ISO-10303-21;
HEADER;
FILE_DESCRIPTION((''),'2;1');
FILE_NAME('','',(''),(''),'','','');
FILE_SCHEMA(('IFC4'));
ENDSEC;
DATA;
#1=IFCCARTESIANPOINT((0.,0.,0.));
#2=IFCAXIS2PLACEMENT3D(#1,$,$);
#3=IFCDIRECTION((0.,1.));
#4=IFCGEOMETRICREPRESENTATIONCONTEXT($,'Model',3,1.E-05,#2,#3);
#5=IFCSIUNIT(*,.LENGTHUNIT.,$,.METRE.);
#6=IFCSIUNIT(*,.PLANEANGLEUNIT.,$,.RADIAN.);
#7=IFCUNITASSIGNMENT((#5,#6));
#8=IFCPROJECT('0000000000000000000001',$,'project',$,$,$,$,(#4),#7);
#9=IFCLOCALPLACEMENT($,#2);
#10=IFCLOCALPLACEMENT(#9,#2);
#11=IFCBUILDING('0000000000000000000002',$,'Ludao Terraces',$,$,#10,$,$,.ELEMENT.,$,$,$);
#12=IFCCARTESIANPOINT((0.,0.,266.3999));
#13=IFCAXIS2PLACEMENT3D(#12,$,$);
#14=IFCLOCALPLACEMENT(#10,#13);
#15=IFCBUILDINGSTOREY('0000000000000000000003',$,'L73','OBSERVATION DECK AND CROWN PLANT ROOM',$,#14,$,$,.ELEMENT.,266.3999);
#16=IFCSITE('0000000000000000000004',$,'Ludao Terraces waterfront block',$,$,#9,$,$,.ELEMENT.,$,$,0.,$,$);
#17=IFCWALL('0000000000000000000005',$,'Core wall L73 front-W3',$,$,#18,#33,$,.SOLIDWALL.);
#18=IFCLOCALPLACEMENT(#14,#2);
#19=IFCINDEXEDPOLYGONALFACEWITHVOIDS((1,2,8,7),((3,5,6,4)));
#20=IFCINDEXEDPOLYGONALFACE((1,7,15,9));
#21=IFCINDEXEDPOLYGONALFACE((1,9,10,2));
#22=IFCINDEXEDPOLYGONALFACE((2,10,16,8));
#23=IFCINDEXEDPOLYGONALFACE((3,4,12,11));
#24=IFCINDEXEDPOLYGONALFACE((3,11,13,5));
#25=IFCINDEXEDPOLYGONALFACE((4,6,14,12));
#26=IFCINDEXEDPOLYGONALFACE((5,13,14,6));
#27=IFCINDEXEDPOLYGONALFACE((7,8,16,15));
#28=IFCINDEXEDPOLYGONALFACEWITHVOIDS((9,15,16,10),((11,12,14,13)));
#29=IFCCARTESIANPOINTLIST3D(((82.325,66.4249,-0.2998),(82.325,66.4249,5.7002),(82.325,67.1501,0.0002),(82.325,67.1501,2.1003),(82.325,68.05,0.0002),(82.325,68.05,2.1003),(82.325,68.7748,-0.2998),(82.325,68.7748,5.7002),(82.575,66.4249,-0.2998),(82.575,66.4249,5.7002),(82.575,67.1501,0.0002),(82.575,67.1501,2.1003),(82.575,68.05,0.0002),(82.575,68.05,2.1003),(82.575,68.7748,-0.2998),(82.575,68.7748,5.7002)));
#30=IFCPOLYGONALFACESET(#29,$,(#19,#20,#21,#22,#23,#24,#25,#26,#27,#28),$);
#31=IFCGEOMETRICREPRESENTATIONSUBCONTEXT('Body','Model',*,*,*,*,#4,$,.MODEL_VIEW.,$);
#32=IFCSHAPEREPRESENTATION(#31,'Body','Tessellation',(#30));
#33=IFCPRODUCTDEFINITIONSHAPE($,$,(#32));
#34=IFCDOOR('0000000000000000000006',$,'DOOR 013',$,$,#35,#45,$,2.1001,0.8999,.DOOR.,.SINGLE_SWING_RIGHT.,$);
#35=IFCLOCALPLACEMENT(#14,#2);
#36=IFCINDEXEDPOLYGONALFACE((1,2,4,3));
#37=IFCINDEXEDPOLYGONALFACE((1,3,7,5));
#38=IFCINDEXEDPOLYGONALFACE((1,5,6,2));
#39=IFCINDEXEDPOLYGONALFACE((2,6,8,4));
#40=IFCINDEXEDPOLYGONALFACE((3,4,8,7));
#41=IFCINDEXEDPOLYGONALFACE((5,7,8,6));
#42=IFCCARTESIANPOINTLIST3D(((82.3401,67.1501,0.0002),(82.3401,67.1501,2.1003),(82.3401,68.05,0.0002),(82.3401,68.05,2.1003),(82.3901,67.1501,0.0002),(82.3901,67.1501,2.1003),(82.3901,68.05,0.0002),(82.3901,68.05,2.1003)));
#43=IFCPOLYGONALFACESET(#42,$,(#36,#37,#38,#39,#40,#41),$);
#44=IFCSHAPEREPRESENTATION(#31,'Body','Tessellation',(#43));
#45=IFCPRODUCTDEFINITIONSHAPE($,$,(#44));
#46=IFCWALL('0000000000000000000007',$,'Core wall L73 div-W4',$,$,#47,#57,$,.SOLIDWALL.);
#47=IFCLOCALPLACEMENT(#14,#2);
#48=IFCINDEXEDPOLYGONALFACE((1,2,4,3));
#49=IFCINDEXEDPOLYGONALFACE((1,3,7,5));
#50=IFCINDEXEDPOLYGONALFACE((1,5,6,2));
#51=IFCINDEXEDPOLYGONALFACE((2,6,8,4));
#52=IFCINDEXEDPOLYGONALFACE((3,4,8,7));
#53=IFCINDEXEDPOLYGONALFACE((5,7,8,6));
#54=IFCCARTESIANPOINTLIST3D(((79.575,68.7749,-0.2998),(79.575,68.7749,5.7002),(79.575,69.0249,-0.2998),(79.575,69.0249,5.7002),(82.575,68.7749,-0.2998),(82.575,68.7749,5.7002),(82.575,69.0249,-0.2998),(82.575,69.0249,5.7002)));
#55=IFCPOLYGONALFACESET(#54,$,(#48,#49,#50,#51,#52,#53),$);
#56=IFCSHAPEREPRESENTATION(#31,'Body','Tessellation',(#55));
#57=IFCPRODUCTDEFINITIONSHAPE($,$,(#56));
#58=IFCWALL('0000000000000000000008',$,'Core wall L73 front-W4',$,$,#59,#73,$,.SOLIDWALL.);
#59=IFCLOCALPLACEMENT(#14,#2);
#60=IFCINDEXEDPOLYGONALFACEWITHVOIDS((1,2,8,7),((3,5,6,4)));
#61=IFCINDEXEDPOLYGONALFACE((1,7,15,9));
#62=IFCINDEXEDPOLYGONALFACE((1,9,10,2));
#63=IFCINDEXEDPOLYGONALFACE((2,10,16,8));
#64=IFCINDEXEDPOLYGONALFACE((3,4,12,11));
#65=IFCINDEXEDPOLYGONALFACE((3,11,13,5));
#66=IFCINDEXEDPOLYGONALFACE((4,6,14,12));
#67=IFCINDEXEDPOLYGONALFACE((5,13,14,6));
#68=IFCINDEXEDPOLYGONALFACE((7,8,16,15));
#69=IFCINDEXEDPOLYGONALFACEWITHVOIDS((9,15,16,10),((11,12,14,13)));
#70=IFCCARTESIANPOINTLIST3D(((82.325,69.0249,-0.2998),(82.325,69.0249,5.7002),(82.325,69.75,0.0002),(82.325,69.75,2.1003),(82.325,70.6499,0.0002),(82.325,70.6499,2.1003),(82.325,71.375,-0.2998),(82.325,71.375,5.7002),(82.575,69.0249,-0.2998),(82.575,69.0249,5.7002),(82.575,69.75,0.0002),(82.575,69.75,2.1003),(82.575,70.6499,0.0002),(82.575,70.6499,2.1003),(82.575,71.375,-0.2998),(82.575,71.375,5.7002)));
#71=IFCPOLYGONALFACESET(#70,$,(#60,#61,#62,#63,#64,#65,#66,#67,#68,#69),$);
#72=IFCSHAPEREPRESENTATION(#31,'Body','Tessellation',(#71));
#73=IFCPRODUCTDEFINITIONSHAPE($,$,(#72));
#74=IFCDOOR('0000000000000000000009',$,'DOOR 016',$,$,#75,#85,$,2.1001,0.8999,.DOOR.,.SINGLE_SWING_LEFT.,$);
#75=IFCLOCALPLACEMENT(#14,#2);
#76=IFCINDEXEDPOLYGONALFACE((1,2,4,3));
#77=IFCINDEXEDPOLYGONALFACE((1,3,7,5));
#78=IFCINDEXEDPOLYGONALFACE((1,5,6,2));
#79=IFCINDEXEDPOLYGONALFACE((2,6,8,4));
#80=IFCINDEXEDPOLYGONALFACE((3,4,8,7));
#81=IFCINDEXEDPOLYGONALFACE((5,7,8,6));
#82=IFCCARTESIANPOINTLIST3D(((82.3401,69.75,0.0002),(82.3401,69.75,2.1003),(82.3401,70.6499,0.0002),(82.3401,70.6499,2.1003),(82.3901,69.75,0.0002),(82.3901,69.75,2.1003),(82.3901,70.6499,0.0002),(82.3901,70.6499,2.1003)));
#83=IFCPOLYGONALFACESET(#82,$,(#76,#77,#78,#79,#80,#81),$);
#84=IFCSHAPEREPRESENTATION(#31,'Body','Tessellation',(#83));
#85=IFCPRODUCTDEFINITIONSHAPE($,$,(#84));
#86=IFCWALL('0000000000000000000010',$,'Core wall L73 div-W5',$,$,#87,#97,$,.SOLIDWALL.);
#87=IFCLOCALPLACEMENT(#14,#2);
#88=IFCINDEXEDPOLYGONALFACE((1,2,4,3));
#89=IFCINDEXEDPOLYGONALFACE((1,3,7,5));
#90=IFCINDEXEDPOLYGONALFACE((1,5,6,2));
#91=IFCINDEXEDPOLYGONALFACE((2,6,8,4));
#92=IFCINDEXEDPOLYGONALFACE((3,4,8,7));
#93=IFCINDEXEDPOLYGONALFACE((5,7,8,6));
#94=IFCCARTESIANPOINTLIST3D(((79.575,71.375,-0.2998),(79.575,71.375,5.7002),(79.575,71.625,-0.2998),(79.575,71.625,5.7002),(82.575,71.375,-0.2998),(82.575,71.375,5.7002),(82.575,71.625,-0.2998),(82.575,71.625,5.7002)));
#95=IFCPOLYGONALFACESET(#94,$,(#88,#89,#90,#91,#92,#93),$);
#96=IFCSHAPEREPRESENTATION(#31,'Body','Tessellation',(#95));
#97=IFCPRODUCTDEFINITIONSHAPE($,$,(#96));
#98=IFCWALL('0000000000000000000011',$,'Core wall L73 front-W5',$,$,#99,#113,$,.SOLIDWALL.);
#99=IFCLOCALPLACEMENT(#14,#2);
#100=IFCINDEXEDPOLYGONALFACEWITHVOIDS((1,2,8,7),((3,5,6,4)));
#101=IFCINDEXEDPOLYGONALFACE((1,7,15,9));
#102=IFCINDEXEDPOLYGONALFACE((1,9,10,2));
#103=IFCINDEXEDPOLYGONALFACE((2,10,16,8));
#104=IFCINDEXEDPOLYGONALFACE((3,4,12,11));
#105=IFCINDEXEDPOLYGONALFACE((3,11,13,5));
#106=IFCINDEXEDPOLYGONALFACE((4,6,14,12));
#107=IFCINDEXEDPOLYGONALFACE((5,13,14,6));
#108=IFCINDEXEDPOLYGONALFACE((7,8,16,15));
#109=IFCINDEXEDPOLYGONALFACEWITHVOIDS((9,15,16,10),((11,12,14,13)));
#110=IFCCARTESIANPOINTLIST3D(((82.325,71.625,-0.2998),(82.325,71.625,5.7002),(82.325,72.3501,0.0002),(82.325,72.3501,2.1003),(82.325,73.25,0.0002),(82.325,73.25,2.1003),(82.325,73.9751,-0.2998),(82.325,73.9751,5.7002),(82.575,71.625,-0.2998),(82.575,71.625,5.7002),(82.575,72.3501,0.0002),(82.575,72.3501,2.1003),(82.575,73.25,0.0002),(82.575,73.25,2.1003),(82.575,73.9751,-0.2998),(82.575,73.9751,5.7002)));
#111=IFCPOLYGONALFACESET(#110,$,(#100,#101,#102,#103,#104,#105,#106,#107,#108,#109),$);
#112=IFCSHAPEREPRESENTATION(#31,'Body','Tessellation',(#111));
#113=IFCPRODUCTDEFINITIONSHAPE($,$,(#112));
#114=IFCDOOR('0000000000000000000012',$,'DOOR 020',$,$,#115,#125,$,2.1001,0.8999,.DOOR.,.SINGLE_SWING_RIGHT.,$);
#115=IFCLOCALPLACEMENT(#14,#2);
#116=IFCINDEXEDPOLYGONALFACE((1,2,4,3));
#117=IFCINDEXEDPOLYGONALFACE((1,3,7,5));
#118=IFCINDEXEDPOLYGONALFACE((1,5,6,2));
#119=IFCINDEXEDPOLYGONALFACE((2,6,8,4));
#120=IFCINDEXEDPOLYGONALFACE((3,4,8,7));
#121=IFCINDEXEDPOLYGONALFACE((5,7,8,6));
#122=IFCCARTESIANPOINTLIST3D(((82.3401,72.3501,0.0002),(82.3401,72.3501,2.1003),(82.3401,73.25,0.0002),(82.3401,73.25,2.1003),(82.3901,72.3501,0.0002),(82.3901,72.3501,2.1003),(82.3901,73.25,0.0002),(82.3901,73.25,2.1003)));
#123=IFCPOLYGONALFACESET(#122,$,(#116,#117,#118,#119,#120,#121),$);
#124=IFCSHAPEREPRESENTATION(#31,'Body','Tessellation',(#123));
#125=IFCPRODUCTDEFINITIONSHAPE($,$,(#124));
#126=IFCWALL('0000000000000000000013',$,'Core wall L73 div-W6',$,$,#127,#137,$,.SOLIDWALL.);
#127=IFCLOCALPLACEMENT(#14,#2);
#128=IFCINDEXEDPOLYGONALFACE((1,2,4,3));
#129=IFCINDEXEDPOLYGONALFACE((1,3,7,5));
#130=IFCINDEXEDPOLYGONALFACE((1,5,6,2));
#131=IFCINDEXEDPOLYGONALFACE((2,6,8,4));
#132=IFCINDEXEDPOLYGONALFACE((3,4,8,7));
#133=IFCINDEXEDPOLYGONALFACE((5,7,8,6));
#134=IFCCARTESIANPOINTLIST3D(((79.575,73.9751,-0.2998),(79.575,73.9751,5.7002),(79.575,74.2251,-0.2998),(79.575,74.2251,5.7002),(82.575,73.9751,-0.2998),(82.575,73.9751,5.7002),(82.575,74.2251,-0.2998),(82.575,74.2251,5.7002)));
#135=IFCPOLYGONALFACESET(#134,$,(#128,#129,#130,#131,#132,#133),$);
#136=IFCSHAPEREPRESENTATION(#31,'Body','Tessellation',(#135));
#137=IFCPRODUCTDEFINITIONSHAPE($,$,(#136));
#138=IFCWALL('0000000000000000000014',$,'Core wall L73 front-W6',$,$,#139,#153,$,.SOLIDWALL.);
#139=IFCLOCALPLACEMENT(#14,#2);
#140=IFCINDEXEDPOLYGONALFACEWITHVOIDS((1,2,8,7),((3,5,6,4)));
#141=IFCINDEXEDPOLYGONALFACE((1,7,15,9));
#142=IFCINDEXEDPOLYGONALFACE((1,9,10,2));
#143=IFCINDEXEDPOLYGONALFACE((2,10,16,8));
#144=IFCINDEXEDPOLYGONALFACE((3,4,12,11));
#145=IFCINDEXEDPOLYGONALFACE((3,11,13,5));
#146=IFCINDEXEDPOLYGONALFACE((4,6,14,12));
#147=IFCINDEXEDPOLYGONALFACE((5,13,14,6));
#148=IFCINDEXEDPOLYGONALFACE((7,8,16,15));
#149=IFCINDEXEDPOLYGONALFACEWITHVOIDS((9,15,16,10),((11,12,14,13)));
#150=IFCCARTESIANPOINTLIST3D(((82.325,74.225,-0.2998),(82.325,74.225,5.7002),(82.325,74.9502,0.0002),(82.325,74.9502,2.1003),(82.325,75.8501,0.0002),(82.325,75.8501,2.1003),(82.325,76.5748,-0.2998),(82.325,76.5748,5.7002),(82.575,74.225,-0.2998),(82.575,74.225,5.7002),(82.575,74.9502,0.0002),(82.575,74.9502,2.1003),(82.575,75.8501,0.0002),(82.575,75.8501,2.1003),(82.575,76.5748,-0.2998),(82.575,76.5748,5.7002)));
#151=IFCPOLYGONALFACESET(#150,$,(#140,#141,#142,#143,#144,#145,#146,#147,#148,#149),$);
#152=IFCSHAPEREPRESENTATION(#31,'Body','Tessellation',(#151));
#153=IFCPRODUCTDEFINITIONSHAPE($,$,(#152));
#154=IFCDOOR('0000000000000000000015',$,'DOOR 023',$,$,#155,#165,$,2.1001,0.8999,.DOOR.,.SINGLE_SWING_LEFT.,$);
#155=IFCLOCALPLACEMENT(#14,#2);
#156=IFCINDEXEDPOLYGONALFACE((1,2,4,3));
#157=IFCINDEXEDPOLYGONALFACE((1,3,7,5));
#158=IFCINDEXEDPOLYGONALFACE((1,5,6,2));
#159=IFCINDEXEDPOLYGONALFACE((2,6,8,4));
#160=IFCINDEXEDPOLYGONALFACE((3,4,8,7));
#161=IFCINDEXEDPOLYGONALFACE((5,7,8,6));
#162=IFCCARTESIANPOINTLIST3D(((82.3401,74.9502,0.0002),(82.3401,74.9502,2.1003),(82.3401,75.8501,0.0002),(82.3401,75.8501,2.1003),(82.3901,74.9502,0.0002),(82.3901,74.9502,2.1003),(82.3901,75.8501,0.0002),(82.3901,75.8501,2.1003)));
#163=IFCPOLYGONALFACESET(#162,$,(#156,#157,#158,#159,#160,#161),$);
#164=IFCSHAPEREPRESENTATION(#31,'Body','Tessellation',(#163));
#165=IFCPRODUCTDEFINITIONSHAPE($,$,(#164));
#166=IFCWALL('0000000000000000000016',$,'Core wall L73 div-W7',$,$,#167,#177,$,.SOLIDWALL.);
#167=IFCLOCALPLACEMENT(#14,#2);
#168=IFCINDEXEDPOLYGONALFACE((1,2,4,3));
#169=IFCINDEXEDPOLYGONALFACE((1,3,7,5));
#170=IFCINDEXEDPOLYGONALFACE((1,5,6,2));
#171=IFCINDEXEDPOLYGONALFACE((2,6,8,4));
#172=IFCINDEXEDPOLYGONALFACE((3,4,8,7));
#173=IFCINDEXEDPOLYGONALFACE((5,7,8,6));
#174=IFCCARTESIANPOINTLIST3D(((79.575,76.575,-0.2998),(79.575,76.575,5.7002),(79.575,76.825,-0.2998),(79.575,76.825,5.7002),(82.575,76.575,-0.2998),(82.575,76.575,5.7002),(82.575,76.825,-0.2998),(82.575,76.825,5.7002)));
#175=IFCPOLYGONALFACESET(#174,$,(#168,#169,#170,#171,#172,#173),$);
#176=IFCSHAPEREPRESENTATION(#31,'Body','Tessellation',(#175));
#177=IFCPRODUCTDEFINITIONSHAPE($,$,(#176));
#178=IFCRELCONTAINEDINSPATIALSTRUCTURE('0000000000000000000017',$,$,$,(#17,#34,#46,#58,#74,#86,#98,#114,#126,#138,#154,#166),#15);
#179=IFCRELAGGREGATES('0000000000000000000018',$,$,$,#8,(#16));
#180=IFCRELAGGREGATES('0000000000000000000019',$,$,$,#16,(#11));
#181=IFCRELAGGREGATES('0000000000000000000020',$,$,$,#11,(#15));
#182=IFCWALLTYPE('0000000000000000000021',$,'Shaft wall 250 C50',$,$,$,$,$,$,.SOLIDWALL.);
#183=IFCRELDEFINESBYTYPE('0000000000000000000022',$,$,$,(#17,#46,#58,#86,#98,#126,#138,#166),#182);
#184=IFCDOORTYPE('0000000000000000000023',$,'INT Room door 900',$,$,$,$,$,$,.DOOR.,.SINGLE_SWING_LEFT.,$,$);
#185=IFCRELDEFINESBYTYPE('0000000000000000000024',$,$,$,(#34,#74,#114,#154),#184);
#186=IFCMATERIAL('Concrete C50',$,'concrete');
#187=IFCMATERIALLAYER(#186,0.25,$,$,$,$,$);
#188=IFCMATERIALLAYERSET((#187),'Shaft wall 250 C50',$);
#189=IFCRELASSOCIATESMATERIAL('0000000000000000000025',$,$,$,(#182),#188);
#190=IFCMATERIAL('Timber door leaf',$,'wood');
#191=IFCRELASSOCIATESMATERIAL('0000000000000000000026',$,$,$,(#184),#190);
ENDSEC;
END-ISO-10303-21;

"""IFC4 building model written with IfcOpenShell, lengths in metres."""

from ifc_helpers import new_model, si_unit, direction, frame, frame_2d, origin, place, context, subcontext, project, spatial, rectangle, extrude, material, layer, layer_set, type_object, element, fill, save


model = new_model("IFC4")

# Units and contexts
model_context = context("Model", 3, precision=1e-05, world=origin(), true_north=direction((0.0, 1.0)))
body_context = subcontext(model_context, "Body", "Model", "MODEL_VIEW")
ifc_project = project(units=[si_unit("LENGTHUNIT", "METRE"), si_unit("PLANEANGLEUNIT", "RADIAN")], contexts=[model_context])

# Site, building, storey
site_placement = place(None, origin())
site = spatial("IfcSite", under=ifc_project, at=site_placement, Name="Ludao Terraces waterfront block", CompositionType="ELEMENT", RefElevation=0.0)
building_placement = place(site_placement, origin())
building = spatial("IfcBuilding", under=site, at=building_placement, Name="Ludao Terraces", CompositionType="ELEMENT")
storey_placement = place(building_placement, frame((0.0, 0.0, 266.3999)))
storey = spatial("IfcBuildingStorey", under=building, at=storey_placement, Name="L73", Description="OBSERVATION DECK AND CROWN PLANT ROOM", CompositionType="ELEMENT", Elevation=266.3999)

# Shared definitions
ifc_material_1 = material(Name="Concrete C50", Category="concrete")

# Shared definitions
ifc_layer_1 = layer(ifc_material_1, 0.25)
ifc_layer_set_1 = layer_set([ifc_layer_1], Name="Shaft wall 250 C50")
wall_type_1 = type_object("IfcWallType", Name="Shaft wall 250 C50", PredefinedType="SOLIDWALL", material=ifc_layer_set_1)

# Wall, opening, door
wall_1_placement = place(storey_placement, frame((82.45, 66.425, -0.2998), z_axis=(0.0, 0.0, 1.0), x_axis=(0.0, 1.0, 0.0)))
wall_1 = element("IfcWall", 1, at=wall_1_placement, inside=storey, type_object=wall_type_1, Name="Core wall L73 front-W3", PredefinedType="SOLIDWALL", context=body_context, shape_type="SweptSolid", body=[
    extrude(rectangle(XDim=2.3499, YDim=0.25, at=frame_2d((1.1748, 0.0))), origin(), (0.0, 0.0, 1.0), 6.0),
])
opening_1_placement = place(wall_1_placement, frame((0.7251, 0.0, 0.3)))
opening_1 = element("IfcOpeningElement", 2, at=opening_1_placement, cuts=wall_1, PredefinedType="OPENING", context=body_context, shape_type="SweptSolid", body=[
    extrude(rectangle(XDim=0.8999, YDim=2.1001, at=frame_2d((0.45, 1.05))), frame((0.0, 0.135, 0.0), z_axis=(0.0, -1.0, 0.0), x_axis=(1.0, 0.0, 0.0)), (0.0, 0.0, 1.0), 0.27),
])
ifc_material_2 = material(Name="Timber door leaf", Category="wood")
door_type_1 = type_object("IfcDoorType", Name="INT Room door 900", OperationType="SINGLE_SWING_LEFT", PredefinedType="DOOR", material=ifc_material_2)
door_1_placement = place(opening_1_placement, origin())
door_1 = element("IfcDoor", 3, at=door_1_placement, inside=storey, type_object=door_type_1, Name="DOOR 013", OperationType="SINGLE_SWING_RIGHT", OverallHeight=2.1001, OverallWidth=0.8999, PredefinedType="DOOR", context=body_context, shape_type="SweptSolid", body=[
    extrude(rectangle(XDim=0.8999, YDim=2.1001, at=frame_2d((0.45, 1.05))), frame((0.0, 0.1099, 0.0), z_axis=(0.0, -1.0, 0.0), x_axis=(1.0, 0.0, 0.0)), (0.0, 0.0, 1.0), 0.05),
])
fill(opening_1, door_1)

# Wall
wall_2_placement = place(storey_placement, frame((79.575, 68.8999, -0.2998), z_axis=(0.0, 0.0, 1.0), x_axis=(1.0, 0.0, 0.0)))
element("IfcWall", 4, at=wall_2_placement, inside=storey, type_object=wall_type_1, Name="Core wall L73 div-W4", PredefinedType="SOLIDWALL", context=body_context, shape_type="SweptSolid", body=[
    extrude(rectangle(XDim=3.0, YDim=0.25, at=frame_2d((1.5, 0.0))), origin(), (0.0, 0.0, 1.0), 6.0),
])

# Wall, opening, door
wall_3_placement = place(storey_placement, frame((82.45, 69.0249, -0.2998), z_axis=(0.0, 0.0, 1.0), x_axis=(0.0, 1.0, 0.0)))
wall_3 = element("IfcWall", 5, at=wall_3_placement, inside=storey, type_object=wall_type_1, Name="Core wall L73 front-W4", PredefinedType="SOLIDWALL", context=body_context, shape_type="SweptSolid", body=[
    extrude(rectangle(XDim=2.3501, YDim=0.25, at=frame_2d((1.175, 0.0))), origin(), (0.0, 0.0, 1.0), 6.0),
])
opening_2_placement = place(wall_3_placement, frame((0.7251, 0.0, 0.3)))
opening_2 = element("IfcOpeningElement", 6, at=opening_2_placement, cuts=wall_3, PredefinedType="OPENING", context=body_context, shape_type="SweptSolid", body=[
    extrude(rectangle(XDim=0.8999, YDim=2.1001, at=frame_2d((0.45, 1.05))), frame((0.0, 0.135, 0.0), z_axis=(0.0, -1.0, 0.0), x_axis=(1.0, 0.0, 0.0)), (0.0, 0.0, 1.0), 0.27),
])
door_2_placement = place(opening_2_placement, origin())
door_2 = element("IfcDoor", 7, at=door_2_placement, inside=storey, type_object=door_type_1, Name="DOOR 016", OperationType="SINGLE_SWING_LEFT", OverallHeight=2.1001, OverallWidth=0.8999, PredefinedType="DOOR", context=body_context, shape_type="SweptSolid", body=[
    extrude(rectangle(XDim=0.8999, YDim=2.1001, at=frame_2d((0.45, 1.05))), frame((0.0, 0.1099, 0.0), z_axis=(0.0, -1.0, 0.0), x_axis=(1.0, 0.0, 0.0)), (0.0, 0.0, 1.0), 0.05),
])
fill(opening_2, door_2)

# Wall
wall_4_placement = place(storey_placement, frame((79.575, 71.5, -0.2998), z_axis=(0.0, 0.0, 1.0), x_axis=(1.0, 0.0, 0.0)))
element("IfcWall", 8, at=wall_4_placement, inside=storey, type_object=wall_type_1, Name="Core wall L73 div-W5", PredefinedType="SOLIDWALL", context=body_context, shape_type="SweptSolid", body=[
    extrude(rectangle(XDim=3.0, YDim=0.25, at=frame_2d((1.5, 0.0))), origin(), (0.0, 0.0, 1.0), 6.0),
])

# Wall, opening, door
wall_5_placement = place(storey_placement, frame((82.45, 71.625, -0.2998), z_axis=(0.0, 0.0, 1.0), x_axis=(0.0, 1.0, 0.0)))
wall_5 = element("IfcWall", 9, at=wall_5_placement, inside=storey, type_object=wall_type_1, Name="Core wall L73 front-W5", PredefinedType="SOLIDWALL", context=body_context, shape_type="SweptSolid", body=[
    extrude(rectangle(XDim=2.3501, YDim=0.25, at=frame_2d((1.175, 0.0))), origin(), (0.0, 0.0, 1.0), 6.0),
])
opening_3_placement = place(wall_5_placement, frame((0.7251, 0.0, 0.3)))
opening_3 = element("IfcOpeningElement", 10, at=opening_3_placement, cuts=wall_5, PredefinedType="OPENING", context=body_context, shape_type="SweptSolid", body=[
    extrude(rectangle(XDim=0.8999, YDim=2.1001, at=frame_2d((0.45, 1.05))), frame((0.0, 0.135, 0.0), z_axis=(0.0, -1.0, 0.0), x_axis=(1.0, 0.0, 0.0)), (0.0, 0.0, 1.0), 0.27),
])
door_3_placement = place(opening_3_placement, origin())
door_3 = element("IfcDoor", 11, at=door_3_placement, inside=storey, type_object=door_type_1, Name="DOOR 020", OperationType="SINGLE_SWING_RIGHT", OverallHeight=2.1001, OverallWidth=0.8999, PredefinedType="DOOR", context=body_context, shape_type="SweptSolid", body=[
    extrude(rectangle(XDim=0.8999, YDim=2.1001, at=frame_2d((0.45, 1.05))), frame((0.0, 0.1099, 0.0), z_axis=(0.0, -1.0, 0.0), x_axis=(1.0, 0.0, 0.0)), (0.0, 0.0, 1.0), 0.05),
])
fill(opening_3, door_3)

# Wall
wall_6_placement = place(storey_placement, frame((79.575, 74.1001, -0.2998), z_axis=(0.0, 0.0, 1.0), x_axis=(1.0, 0.0, 0.0)))
element("IfcWall", 12, at=wall_6_placement, inside=storey, type_object=wall_type_1, Name="Core wall L73 div-W6", PredefinedType="SOLIDWALL", context=body_context, shape_type="SweptSolid", body=[
    extrude(rectangle(XDim=3.0, YDim=0.25, at=frame_2d((1.5, 0.0))), origin(), (0.0, 0.0, 1.0), 6.0),
])

# Wall, opening, door
wall_7_placement = place(storey_placement, frame((82.45, 74.2251, -0.2998), z_axis=(0.0, 0.0, 1.0), x_axis=(0.0, 1.0, 0.0)))
wall_7 = element("IfcWall", 13, at=wall_7_placement, inside=storey, type_object=wall_type_1, Name="Core wall L73 front-W6", PredefinedType="SOLIDWALL", context=body_context, shape_type="SweptSolid", body=[
    extrude(rectangle(XDim=2.3499, YDim=0.25, at=frame_2d((1.1748, 0.0))), origin(), (0.0, 0.0, 1.0), 6.0),
])
opening_4_placement = place(wall_7_placement, frame((0.7251, 0.0, 0.3)))
opening_4 = element("IfcOpeningElement", 14, at=opening_4_placement, cuts=wall_7, PredefinedType="OPENING", context=body_context, shape_type="SweptSolid", body=[
    extrude(rectangle(XDim=0.8999, YDim=2.1001, at=frame_2d((0.45, 1.05))), frame((0.0, 0.135, 0.0), z_axis=(0.0, -1.0, 0.0), x_axis=(1.0, 0.0, 0.0)), (0.0, 0.0, 1.0), 0.27),
])
door_4_placement = place(opening_4_placement, origin())
door_4 = element("IfcDoor", 15, at=door_4_placement, inside=storey, type_object=door_type_1, Name="DOOR 023", OperationType="SINGLE_SWING_LEFT", OverallHeight=2.1001, OverallWidth=0.8999, PredefinedType="DOOR", context=body_context, shape_type="SweptSolid", body=[
    extrude(rectangle(XDim=0.8999, YDim=2.1001, at=frame_2d((0.45, 1.05))), frame((0.0, 0.1099, 0.0), z_axis=(0.0, -1.0, 0.0), x_axis=(1.0, 0.0, 0.0)), (0.0, 0.0, 1.0), 0.05),
])
fill(opening_4, door_4)

# Wall
wall_8_placement = place(storey_placement, frame((79.575, 76.7, -0.2998), z_axis=(0.0, 0.0, 1.0), x_axis=(1.0, 0.0, 0.0)))
element("IfcWall", 16, at=wall_8_placement, inside=storey, type_object=wall_type_1, Name="Core wall L73 div-W7", PredefinedType="SOLIDWALL", context=body_context, shape_type="SweptSolid", body=[
    extrude(rectangle(XDim=3.0, YDim=0.25, at=frame_2d((1.5, 0.0))), origin(), (0.0, 0.0, 1.0), 6.0),
])

save(model, "model.ifc")
